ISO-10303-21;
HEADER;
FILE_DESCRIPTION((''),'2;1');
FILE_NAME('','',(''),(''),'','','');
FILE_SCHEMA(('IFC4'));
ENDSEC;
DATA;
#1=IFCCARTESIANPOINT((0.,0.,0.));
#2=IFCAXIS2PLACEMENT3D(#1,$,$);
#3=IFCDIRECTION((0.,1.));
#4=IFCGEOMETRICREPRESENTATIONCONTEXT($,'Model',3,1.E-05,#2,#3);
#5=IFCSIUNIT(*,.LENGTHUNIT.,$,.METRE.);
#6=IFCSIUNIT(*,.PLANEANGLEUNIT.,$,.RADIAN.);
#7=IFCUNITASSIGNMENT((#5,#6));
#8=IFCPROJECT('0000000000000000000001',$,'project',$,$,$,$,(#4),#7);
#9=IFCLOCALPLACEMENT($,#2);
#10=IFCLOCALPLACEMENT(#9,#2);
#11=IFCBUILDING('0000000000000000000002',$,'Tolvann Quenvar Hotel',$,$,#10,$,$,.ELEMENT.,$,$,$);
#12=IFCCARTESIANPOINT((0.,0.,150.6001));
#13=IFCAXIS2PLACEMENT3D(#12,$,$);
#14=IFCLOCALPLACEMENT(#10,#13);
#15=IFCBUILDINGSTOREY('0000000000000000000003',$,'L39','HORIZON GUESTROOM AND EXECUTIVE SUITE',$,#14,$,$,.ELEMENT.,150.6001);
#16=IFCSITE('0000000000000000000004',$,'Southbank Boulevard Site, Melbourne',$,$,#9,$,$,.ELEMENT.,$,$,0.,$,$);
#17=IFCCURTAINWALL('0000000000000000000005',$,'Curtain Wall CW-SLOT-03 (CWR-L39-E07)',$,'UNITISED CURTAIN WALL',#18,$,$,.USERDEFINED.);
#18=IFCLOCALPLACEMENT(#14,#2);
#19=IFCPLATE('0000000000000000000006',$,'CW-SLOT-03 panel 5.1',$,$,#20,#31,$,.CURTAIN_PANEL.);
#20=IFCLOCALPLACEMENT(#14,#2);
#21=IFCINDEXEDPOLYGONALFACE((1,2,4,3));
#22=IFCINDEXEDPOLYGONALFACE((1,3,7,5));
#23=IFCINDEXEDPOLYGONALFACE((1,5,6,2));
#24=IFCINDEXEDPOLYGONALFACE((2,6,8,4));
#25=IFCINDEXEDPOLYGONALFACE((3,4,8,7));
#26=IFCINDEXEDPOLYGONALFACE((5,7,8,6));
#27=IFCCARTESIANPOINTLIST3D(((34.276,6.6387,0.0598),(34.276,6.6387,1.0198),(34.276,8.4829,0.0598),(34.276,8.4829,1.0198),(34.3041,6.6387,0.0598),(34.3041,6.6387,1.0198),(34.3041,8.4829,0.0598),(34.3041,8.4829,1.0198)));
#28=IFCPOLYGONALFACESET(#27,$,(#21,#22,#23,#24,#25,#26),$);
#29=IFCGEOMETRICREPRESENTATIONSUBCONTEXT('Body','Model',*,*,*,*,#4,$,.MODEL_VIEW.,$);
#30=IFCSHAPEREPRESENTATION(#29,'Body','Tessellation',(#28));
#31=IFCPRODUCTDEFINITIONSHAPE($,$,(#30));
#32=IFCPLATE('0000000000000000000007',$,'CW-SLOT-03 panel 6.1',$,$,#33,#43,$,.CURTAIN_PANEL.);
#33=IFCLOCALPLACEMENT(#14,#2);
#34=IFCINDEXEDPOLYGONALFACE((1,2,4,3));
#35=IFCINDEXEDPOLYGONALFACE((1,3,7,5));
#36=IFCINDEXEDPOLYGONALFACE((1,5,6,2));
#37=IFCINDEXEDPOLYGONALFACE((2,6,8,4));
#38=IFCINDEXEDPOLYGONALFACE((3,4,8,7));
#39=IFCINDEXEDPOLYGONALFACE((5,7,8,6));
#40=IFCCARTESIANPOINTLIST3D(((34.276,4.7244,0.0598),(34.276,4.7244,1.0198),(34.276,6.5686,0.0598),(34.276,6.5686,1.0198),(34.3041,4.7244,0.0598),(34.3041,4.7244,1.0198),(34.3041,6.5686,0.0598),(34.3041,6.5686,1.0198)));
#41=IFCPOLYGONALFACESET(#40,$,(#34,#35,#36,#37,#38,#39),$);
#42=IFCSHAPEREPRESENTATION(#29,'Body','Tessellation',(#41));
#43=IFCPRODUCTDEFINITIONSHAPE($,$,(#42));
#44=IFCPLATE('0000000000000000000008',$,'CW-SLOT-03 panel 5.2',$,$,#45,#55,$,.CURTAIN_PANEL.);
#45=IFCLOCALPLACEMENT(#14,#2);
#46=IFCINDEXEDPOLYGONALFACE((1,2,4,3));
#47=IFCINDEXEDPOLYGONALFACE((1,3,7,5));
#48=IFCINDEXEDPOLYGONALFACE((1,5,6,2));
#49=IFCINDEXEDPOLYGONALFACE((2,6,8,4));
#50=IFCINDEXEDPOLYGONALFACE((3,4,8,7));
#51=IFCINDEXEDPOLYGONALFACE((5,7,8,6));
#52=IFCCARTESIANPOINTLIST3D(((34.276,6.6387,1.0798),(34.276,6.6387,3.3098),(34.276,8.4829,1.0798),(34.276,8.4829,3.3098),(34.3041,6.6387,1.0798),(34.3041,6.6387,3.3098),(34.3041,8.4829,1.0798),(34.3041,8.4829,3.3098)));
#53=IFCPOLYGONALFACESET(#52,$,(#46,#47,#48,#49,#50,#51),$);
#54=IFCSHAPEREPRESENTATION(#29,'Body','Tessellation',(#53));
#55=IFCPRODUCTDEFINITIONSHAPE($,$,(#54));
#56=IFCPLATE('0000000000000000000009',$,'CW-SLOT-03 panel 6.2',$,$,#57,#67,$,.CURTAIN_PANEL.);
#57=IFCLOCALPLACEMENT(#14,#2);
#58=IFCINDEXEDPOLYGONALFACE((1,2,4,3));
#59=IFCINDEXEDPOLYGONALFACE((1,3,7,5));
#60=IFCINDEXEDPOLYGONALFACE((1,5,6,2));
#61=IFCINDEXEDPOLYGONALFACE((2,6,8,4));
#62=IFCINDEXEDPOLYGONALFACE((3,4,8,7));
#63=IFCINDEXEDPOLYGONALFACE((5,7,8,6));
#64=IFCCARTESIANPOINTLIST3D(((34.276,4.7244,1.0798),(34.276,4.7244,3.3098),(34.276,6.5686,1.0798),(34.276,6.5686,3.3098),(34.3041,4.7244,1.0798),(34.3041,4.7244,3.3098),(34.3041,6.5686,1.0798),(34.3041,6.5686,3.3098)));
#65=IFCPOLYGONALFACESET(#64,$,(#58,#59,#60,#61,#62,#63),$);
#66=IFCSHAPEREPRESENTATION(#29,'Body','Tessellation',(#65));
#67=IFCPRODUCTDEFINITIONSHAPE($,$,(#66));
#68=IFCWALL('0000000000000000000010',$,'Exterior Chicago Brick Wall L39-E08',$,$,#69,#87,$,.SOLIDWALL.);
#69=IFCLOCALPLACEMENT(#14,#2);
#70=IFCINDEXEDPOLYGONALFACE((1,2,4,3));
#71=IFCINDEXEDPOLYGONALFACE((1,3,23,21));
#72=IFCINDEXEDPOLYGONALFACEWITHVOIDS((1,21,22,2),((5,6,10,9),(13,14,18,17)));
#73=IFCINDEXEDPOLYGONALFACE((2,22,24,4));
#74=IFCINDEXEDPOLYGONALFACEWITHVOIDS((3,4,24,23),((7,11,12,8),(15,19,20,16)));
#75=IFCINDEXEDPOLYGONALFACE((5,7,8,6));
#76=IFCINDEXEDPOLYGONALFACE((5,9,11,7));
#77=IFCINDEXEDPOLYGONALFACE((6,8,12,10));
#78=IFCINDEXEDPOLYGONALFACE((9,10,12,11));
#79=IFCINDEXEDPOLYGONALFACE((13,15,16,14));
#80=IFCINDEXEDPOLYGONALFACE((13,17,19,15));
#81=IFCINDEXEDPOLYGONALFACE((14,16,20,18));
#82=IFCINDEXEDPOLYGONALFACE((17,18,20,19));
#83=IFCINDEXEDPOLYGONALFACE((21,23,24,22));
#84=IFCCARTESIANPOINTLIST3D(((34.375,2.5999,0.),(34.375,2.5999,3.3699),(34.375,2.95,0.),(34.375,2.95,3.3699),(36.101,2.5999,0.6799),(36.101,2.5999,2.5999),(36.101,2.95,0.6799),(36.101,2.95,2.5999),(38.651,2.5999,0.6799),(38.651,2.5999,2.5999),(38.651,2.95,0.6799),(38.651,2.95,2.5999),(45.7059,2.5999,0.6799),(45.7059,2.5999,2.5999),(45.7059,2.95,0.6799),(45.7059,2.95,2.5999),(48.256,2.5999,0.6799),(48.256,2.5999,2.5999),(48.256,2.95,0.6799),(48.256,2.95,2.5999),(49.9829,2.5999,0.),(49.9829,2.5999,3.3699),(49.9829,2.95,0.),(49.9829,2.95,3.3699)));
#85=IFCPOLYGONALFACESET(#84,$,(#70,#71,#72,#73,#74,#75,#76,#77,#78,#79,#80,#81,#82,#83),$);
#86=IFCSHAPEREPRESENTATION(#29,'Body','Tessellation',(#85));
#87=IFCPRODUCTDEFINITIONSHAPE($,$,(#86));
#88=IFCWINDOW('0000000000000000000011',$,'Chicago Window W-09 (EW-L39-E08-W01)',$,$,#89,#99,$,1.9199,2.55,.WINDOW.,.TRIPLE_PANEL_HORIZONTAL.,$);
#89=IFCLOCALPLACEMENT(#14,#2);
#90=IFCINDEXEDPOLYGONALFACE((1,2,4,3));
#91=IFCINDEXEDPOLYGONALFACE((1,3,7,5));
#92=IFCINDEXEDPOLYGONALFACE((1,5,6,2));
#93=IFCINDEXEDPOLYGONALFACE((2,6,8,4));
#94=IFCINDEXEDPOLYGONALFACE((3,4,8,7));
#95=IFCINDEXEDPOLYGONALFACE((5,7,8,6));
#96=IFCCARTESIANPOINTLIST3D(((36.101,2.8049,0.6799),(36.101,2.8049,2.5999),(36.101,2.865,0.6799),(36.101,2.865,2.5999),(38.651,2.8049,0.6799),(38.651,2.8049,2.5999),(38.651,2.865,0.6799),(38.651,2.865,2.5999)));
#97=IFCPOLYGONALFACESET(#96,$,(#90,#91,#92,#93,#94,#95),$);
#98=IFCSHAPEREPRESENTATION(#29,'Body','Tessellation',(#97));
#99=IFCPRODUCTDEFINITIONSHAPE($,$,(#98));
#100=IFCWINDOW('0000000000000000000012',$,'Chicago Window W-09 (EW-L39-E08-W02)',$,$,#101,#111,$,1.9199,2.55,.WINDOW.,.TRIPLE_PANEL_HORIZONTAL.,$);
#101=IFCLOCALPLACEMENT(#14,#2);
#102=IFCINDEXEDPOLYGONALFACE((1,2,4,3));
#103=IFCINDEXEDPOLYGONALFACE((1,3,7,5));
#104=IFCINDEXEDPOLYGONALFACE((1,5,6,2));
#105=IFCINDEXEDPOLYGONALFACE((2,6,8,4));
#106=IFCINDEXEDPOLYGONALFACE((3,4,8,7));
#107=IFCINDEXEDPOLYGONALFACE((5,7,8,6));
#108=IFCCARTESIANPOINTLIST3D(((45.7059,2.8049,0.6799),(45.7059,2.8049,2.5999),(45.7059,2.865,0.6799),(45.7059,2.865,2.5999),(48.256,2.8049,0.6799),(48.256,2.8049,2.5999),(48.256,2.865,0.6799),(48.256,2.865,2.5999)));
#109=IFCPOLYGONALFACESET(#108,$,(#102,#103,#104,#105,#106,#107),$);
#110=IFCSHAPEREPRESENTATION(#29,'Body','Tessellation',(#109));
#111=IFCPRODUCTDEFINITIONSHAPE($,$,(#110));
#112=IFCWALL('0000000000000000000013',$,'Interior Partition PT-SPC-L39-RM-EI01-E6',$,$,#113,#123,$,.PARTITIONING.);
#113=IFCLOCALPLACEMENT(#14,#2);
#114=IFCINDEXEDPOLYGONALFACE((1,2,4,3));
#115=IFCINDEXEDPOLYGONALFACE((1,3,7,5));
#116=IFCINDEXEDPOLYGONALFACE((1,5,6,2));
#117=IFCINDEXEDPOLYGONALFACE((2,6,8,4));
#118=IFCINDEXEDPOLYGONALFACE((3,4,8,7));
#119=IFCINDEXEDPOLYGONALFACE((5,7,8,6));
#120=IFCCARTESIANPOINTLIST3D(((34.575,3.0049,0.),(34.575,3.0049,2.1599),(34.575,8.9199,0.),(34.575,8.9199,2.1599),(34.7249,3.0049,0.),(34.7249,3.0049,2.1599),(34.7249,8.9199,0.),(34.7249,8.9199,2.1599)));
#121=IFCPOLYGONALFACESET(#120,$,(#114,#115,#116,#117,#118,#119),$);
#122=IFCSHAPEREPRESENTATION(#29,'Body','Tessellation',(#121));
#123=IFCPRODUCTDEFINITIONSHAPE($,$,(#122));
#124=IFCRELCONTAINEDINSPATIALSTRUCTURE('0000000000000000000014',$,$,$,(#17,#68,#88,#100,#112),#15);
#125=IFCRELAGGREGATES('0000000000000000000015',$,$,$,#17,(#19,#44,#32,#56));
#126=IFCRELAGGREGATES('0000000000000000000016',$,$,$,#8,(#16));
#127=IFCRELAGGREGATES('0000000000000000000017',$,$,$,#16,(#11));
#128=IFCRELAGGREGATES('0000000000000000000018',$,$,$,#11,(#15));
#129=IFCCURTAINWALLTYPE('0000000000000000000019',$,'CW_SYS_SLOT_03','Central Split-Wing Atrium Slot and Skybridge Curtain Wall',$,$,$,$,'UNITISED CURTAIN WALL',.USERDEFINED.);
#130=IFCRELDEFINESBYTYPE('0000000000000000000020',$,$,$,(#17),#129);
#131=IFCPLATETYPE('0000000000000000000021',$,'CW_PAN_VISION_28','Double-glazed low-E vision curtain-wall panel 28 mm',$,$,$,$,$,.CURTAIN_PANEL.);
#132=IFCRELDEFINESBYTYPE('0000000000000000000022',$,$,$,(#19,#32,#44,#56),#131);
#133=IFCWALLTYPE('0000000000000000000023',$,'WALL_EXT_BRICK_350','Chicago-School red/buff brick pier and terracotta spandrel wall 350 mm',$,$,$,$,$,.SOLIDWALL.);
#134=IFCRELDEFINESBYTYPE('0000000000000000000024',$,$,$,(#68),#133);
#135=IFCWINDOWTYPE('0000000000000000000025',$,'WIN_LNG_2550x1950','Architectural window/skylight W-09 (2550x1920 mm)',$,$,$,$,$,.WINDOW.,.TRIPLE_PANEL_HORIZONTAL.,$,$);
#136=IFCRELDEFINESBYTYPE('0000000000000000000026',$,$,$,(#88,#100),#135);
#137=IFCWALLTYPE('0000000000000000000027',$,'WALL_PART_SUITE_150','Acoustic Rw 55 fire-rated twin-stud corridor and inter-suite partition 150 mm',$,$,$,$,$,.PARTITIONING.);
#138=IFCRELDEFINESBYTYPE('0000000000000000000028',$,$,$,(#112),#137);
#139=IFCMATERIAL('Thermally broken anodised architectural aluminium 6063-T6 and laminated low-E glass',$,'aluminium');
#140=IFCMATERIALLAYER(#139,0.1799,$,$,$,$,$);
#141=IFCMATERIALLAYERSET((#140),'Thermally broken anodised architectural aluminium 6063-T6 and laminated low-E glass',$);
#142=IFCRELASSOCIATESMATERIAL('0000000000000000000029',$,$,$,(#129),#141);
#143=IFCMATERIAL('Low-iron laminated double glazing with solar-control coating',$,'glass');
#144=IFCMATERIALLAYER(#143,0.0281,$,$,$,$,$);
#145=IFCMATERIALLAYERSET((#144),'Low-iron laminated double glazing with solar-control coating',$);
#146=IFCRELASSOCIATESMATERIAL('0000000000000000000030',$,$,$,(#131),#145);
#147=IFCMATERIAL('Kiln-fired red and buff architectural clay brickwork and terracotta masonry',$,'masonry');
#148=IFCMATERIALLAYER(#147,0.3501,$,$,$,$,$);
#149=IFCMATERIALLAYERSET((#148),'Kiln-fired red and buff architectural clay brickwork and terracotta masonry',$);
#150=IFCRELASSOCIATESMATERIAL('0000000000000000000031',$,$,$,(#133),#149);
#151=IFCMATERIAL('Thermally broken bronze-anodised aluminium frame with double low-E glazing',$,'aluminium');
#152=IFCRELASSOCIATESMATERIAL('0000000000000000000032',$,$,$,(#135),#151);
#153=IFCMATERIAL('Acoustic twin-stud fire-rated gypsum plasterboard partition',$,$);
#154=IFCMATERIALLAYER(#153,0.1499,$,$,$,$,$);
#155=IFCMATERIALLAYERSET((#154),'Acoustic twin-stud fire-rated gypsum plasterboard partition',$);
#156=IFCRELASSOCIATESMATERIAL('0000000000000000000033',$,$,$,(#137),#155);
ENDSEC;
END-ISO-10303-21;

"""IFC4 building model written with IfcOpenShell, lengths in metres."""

from ifc_helpers import new_model, si_unit, direction, frame, frame_2d, origin, origin_2d, place, context, subcontext, project, spatial, rectangle, extrude, source, transform, mapped, material, layer, layer_set, type_object, type_shapes, element, fill, aggregate, save


model = new_model("IFC4")

# Units and contexts
model_context = context("Model", 3, precision=1e-05, world=origin(), true_north=direction((0.0, 1.0)))
body_context = subcontext(model_context, "Body", "Model", "MODEL_VIEW")
ifc_project = project(units=[si_unit("LENGTHUNIT", "METRE"), si_unit("PLANEANGLEUNIT", "RADIAN")], contexts=[model_context])

# Site, building, storey
site_placement = place(None, origin())
site = spatial("IfcSite", under=ifc_project, at=site_placement, Name="Southbank Boulevard Site, Melbourne", CompositionType="ELEMENT", RefElevation=0.0)
building_placement = place(site_placement, origin())
building = spatial("IfcBuilding", under=site, at=building_placement, Name="Tolvann Quenvar Hotel", CompositionType="ELEMENT")
storey_placement = place(building_placement, frame((0.0, 0.0, 150.6001)))
storey = spatial("IfcBuildingStorey", under=building, at=storey_placement, Name="L39", Description="HORIZON GUESTROOM AND EXECUTIVE SUITE", CompositionType="ELEMENT", Elevation=150.6001)

# Curtain wall, plates
ifc_material_1 = material(Name="Thermally broken anodised architectural aluminium 6063-T6 and laminated low-E glass", Category="aluminium")
ifc_layer_1 = layer(ifc_material_1, 0.1799)
ifc_layer_set_1 = layer_set([ifc_layer_1], Name="Thermally broken anodised architectural aluminium 6063-T6 and laminated low-E glass")
curtain_wall_type = type_object("IfcCurtainWallType", Name="CW_SYS_SLOT_03", Description="Central Split-Wing Atrium Slot and Skybridge Curtain Wall", ElementType="UNITISED CURTAIN WALL", PredefinedType="USERDEFINED", material=ifc_layer_set_1)
curtain_wall_placement = place(storey_placement, origin())
curtain_wall = element("IfcCurtainWall", 1, at=curtain_wall_placement, inside=storey, type_object=curtain_wall_type, Name="Curtain Wall CW-SLOT-03 (CWR-L39-E07)", ObjectType="UNITISED CURTAIN WALL", PredefinedType="USERDEFINED")
ifc_material_2 = material(Name="Low-iron laminated double glazing with solar-control coating", Category="glass")
ifc_layer_2 = layer(ifc_material_2, 0.0281)
ifc_layer_set_2 = layer_set([ifc_layer_2], Name="Low-iron laminated double glazing with solar-control coating")
plate_type = type_object("IfcPlateType", Name="CW_PAN_VISION_28", Description="Double-glazed low-E vision curtain-wall panel 28 mm", PredefinedType="CURTAIN_PANEL", material=ifc_layer_set_2)
shared_shape_1 = source(origin(), body_context, "Body", "SweptSolid", [
    extrude(rectangle(XDim=1.8442, YDim=0.0281, at=origin_2d()), origin(), (0.0, 0.0, 1.0), 0.96),
])
plate_1_placement = place(storey_placement, frame((34.29, 7.5608, 0.0598), z_axis=(0.0, 0.0, 1.0), x_axis=(0.0, -1.0, 0.0)))
plate_1 = element("IfcPlate", 2, at=plate_1_placement, type_object=plate_type, Name="CW-SLOT-03 panel 5.1", PredefinedType="CURTAIN_PANEL", context=body_context, shape_type="MappedRepresentation", body=[
    mapped(shared_shape_1, transform((0.0, 0.0, 0.0), x_axis=(1.0, 0.0, 0.0), y_axis=(0.0, 1.0, 0.0), z_axis=(0.0, 0.0, 1.0), scale=1.0)),
])
plate_2_placement = place(storey_placement, frame((34.29, 5.6465, 0.0598), z_axis=(0.0, 0.0, 1.0), x_axis=(0.0, -1.0, 0.0)))
plate_2 = element("IfcPlate", 3, at=plate_2_placement, type_object=plate_type, Name="CW-SLOT-03 panel 6.1", PredefinedType="CURTAIN_PANEL", context=body_context, shape_type="MappedRepresentation", body=[
    mapped(shared_shape_1, transform((0.0, 0.0, 0.0), x_axis=(1.0, 0.0, 0.0), y_axis=(0.0, 1.0, 0.0), z_axis=(0.0, 0.0, 1.0), scale=1.0)),
])
shared_shape_2 = source(origin(), body_context, "Body", "SweptSolid", [
    extrude(rectangle(XDim=1.8442, YDim=0.0281, at=origin_2d()), origin(), (0.0, 0.0, 1.0), 2.23),
])
plate_3_placement = place(storey_placement, frame((34.29, 7.5608, 1.0798), z_axis=(0.0, 0.0, 1.0), x_axis=(0.0, -1.0, 0.0)))
plate_3 = element("IfcPlate", 4, at=plate_3_placement, type_object=plate_type, Name="CW-SLOT-03 panel 5.2", PredefinedType="CURTAIN_PANEL", context=body_context, shape_type="MappedRepresentation", body=[
    mapped(shared_shape_2, transform((0.0, 0.0, 0.0), x_axis=(1.0, 0.0, 0.0), y_axis=(0.0, 1.0, 0.0), z_axis=(0.0, 0.0, 1.0), scale=1.0)),
])
plate_4_placement = place(storey_placement, frame((34.29, 5.6465, 1.0798), z_axis=(0.0, 0.0, 1.0), x_axis=(0.0, -1.0, 0.0)))
plate_4 = element("IfcPlate", 5, at=plate_4_placement, type_object=plate_type, Name="CW-SLOT-03 panel 6.2", PredefinedType="CURTAIN_PANEL", context=body_context, shape_type="MappedRepresentation", body=[
    mapped(shared_shape_2, transform((0.0, 0.0, 0.0), x_axis=(1.0, 0.0, 0.0), y_axis=(0.0, 1.0, 0.0), z_axis=(0.0, 0.0, 1.0), scale=1.0)),
])
aggregate(curtain_wall, [plate_1, plate_3, plate_2, plate_4])

# Wall, openings, windows
ifc_material_3 = material(Name="Kiln-fired red and buff architectural clay brickwork and terracotta masonry", Category="masonry")
ifc_layer_3 = layer(ifc_material_3, 0.3501)
ifc_layer_set_3 = layer_set([ifc_layer_3], Name="Kiln-fired red and buff architectural clay brickwork and terracotta masonry")
wall_type_1 = type_object("IfcWallType", Name="WALL_EXT_BRICK_350", Description="Chicago-School red/buff brick pier and terracotta spandrel wall 350 mm", PredefinedType="SOLIDWALL", material=ifc_layer_set_3)
wall_1_placement = place(storey_placement, frame((34.375, 2.7749, 0.0), z_axis=(0.0, 0.0, 1.0), x_axis=(1.0, 0.0, 0.0)))
wall_1 = element("IfcWall", 6, at=wall_1_placement, inside=storey, type_object=wall_type_1, Name="Exterior Chicago Brick Wall L39-E08", PredefinedType="SOLIDWALL", context=body_context, shape_type="SweptSolid", body=[
    extrude(rectangle(XDim=15.6079, YDim=0.3501, at=frame_2d((7.804, 0.0))), origin(), (0.0, 0.0, 1.0), 3.3699),
])
opening_1_placement = place(wall_1_placement, frame((1.7261, 0.0, 0.6799)))
opening_1 = element("IfcOpeningElement", 7, at=opening_1_placement, cuts=wall_1, PredefinedType="OPENING", context=body_context, shape_type="SweptSolid", body=[
    extrude(rectangle(XDim=2.55, YDim=1.9199, at=frame_2d((1.2749, 0.96))), frame((0.0, 0.1851, 0.0), z_axis=(0.0, -1.0, 0.0), x_axis=(1.0, 0.0, 0.0)), (0.0, 0.0, 1.0), 0.3701),
])
opening_2_placement = place(wall_1_placement, frame((11.3311, 0.0, 0.6799)))
opening_2 = element("IfcOpeningElement", 8, at=opening_2_placement, cuts=wall_1, PredefinedType="OPENING", context=body_context, shape_type="SweptSolid", body=[
    extrude(rectangle(XDim=2.55, YDim=1.9199, at=frame_2d((1.2749, 0.96))), frame((0.0, 0.1851, 0.0), z_axis=(0.0, -1.0, 0.0), x_axis=(1.0, 0.0, 0.0)), (0.0, 0.0, 1.0), 0.3701),
])
ifc_material_4 = material(Name="Thermally broken bronze-anodised aluminium frame with double low-E glazing", Category="aluminium")
window_type = type_object("IfcWindowType", Name="WIN_LNG_2550x1950", Description="Architectural window/skylight W-09 (2550x1920 mm)", PartitioningType="TRIPLE_PANEL_HORIZONTAL", PredefinedType="WINDOW", material=ifc_material_4)
shared_shape_3 = source(origin(), body_context, "Body", "SweptSolid", [
    extrude(rectangle(XDim=2.55, YDim=1.9199, at=frame_2d((1.2749, 0.96))), frame((0.0, 0.0901, 0.0), z_axis=(0.0, -1.0, 0.0), x_axis=(1.0, 0.0, 0.0)), (0.0, 0.0, 1.0), 0.0601),
])
type_shapes(window_type, [shared_shape_3])
window_1_placement = place(opening_1_placement, origin())
window_1 = element("IfcWindow", 9, at=window_1_placement, inside=storey, type_object=window_type, Name="Chicago Window W-09 (EW-L39-E08-W01)", OverallHeight=1.9199, OverallWidth=2.55, PartitioningType="TRIPLE_PANEL_HORIZONTAL", PredefinedType="WINDOW", context=body_context, shape_type="MappedRepresentation", body=[
    mapped(shared_shape_3, transform((0.0, 0.0, 0.0), x_axis=(1.0, 0.0, 0.0), y_axis=(0.0, 1.0, 0.0), z_axis=(0.0, 0.0, 1.0), scale=1.0)),
])
fill(opening_1, window_1)
window_2_placement = place(opening_2_placement, origin())
window_2 = element("IfcWindow", 10, at=window_2_placement, inside=storey, type_object=window_type, Name="Chicago Window W-09 (EW-L39-E08-W02)", OverallHeight=1.9199, OverallWidth=2.55, PartitioningType="TRIPLE_PANEL_HORIZONTAL", PredefinedType="WINDOW", context=body_context, shape_type="MappedRepresentation", body=[
    mapped(shared_shape_3, transform((0.0, 0.0, 0.0), x_axis=(1.0, 0.0, 0.0), y_axis=(0.0, 1.0, 0.0), z_axis=(0.0, 0.0, 1.0), scale=1.0)),
])
fill(opening_2, window_2)

# Wall
ifc_material_5 = material(Name="Acoustic twin-stud fire-rated gypsum plasterboard partition")
ifc_layer_4 = layer(ifc_material_5, 0.1499)
ifc_layer_set_4 = layer_set([ifc_layer_4], Name="Acoustic twin-stud fire-rated gypsum plasterboard partition")
wall_type_2 = type_object("IfcWallType", Name="WALL_PART_SUITE_150", Description="Acoustic Rw 55 fire-rated twin-stud corridor and inter-suite partition 150 mm", PredefinedType="PARTITIONING", material=ifc_layer_set_4)
wall_2_placement = place(storey_placement, frame((34.6499, 3.0049, 0.0), z_axis=(0.0, 0.0, 1.0), x_axis=(0.0, 1.0, 0.0)))
element("IfcWall", 11, at=wall_2_placement, inside=storey, type_object=wall_type_2, Name="Interior Partition PT-SPC-L39-RM-EI01-E6", PredefinedType="PARTITIONING", context=body_context, shape_type="SweptSolid", body=[
    extrude(rectangle(XDim=5.915, YDim=0.1499, at=frame_2d((2.9575, 0.0))), origin(), (0.0, 0.0, 1.0), 2.1599),
])

save(model, "model.ifc")
